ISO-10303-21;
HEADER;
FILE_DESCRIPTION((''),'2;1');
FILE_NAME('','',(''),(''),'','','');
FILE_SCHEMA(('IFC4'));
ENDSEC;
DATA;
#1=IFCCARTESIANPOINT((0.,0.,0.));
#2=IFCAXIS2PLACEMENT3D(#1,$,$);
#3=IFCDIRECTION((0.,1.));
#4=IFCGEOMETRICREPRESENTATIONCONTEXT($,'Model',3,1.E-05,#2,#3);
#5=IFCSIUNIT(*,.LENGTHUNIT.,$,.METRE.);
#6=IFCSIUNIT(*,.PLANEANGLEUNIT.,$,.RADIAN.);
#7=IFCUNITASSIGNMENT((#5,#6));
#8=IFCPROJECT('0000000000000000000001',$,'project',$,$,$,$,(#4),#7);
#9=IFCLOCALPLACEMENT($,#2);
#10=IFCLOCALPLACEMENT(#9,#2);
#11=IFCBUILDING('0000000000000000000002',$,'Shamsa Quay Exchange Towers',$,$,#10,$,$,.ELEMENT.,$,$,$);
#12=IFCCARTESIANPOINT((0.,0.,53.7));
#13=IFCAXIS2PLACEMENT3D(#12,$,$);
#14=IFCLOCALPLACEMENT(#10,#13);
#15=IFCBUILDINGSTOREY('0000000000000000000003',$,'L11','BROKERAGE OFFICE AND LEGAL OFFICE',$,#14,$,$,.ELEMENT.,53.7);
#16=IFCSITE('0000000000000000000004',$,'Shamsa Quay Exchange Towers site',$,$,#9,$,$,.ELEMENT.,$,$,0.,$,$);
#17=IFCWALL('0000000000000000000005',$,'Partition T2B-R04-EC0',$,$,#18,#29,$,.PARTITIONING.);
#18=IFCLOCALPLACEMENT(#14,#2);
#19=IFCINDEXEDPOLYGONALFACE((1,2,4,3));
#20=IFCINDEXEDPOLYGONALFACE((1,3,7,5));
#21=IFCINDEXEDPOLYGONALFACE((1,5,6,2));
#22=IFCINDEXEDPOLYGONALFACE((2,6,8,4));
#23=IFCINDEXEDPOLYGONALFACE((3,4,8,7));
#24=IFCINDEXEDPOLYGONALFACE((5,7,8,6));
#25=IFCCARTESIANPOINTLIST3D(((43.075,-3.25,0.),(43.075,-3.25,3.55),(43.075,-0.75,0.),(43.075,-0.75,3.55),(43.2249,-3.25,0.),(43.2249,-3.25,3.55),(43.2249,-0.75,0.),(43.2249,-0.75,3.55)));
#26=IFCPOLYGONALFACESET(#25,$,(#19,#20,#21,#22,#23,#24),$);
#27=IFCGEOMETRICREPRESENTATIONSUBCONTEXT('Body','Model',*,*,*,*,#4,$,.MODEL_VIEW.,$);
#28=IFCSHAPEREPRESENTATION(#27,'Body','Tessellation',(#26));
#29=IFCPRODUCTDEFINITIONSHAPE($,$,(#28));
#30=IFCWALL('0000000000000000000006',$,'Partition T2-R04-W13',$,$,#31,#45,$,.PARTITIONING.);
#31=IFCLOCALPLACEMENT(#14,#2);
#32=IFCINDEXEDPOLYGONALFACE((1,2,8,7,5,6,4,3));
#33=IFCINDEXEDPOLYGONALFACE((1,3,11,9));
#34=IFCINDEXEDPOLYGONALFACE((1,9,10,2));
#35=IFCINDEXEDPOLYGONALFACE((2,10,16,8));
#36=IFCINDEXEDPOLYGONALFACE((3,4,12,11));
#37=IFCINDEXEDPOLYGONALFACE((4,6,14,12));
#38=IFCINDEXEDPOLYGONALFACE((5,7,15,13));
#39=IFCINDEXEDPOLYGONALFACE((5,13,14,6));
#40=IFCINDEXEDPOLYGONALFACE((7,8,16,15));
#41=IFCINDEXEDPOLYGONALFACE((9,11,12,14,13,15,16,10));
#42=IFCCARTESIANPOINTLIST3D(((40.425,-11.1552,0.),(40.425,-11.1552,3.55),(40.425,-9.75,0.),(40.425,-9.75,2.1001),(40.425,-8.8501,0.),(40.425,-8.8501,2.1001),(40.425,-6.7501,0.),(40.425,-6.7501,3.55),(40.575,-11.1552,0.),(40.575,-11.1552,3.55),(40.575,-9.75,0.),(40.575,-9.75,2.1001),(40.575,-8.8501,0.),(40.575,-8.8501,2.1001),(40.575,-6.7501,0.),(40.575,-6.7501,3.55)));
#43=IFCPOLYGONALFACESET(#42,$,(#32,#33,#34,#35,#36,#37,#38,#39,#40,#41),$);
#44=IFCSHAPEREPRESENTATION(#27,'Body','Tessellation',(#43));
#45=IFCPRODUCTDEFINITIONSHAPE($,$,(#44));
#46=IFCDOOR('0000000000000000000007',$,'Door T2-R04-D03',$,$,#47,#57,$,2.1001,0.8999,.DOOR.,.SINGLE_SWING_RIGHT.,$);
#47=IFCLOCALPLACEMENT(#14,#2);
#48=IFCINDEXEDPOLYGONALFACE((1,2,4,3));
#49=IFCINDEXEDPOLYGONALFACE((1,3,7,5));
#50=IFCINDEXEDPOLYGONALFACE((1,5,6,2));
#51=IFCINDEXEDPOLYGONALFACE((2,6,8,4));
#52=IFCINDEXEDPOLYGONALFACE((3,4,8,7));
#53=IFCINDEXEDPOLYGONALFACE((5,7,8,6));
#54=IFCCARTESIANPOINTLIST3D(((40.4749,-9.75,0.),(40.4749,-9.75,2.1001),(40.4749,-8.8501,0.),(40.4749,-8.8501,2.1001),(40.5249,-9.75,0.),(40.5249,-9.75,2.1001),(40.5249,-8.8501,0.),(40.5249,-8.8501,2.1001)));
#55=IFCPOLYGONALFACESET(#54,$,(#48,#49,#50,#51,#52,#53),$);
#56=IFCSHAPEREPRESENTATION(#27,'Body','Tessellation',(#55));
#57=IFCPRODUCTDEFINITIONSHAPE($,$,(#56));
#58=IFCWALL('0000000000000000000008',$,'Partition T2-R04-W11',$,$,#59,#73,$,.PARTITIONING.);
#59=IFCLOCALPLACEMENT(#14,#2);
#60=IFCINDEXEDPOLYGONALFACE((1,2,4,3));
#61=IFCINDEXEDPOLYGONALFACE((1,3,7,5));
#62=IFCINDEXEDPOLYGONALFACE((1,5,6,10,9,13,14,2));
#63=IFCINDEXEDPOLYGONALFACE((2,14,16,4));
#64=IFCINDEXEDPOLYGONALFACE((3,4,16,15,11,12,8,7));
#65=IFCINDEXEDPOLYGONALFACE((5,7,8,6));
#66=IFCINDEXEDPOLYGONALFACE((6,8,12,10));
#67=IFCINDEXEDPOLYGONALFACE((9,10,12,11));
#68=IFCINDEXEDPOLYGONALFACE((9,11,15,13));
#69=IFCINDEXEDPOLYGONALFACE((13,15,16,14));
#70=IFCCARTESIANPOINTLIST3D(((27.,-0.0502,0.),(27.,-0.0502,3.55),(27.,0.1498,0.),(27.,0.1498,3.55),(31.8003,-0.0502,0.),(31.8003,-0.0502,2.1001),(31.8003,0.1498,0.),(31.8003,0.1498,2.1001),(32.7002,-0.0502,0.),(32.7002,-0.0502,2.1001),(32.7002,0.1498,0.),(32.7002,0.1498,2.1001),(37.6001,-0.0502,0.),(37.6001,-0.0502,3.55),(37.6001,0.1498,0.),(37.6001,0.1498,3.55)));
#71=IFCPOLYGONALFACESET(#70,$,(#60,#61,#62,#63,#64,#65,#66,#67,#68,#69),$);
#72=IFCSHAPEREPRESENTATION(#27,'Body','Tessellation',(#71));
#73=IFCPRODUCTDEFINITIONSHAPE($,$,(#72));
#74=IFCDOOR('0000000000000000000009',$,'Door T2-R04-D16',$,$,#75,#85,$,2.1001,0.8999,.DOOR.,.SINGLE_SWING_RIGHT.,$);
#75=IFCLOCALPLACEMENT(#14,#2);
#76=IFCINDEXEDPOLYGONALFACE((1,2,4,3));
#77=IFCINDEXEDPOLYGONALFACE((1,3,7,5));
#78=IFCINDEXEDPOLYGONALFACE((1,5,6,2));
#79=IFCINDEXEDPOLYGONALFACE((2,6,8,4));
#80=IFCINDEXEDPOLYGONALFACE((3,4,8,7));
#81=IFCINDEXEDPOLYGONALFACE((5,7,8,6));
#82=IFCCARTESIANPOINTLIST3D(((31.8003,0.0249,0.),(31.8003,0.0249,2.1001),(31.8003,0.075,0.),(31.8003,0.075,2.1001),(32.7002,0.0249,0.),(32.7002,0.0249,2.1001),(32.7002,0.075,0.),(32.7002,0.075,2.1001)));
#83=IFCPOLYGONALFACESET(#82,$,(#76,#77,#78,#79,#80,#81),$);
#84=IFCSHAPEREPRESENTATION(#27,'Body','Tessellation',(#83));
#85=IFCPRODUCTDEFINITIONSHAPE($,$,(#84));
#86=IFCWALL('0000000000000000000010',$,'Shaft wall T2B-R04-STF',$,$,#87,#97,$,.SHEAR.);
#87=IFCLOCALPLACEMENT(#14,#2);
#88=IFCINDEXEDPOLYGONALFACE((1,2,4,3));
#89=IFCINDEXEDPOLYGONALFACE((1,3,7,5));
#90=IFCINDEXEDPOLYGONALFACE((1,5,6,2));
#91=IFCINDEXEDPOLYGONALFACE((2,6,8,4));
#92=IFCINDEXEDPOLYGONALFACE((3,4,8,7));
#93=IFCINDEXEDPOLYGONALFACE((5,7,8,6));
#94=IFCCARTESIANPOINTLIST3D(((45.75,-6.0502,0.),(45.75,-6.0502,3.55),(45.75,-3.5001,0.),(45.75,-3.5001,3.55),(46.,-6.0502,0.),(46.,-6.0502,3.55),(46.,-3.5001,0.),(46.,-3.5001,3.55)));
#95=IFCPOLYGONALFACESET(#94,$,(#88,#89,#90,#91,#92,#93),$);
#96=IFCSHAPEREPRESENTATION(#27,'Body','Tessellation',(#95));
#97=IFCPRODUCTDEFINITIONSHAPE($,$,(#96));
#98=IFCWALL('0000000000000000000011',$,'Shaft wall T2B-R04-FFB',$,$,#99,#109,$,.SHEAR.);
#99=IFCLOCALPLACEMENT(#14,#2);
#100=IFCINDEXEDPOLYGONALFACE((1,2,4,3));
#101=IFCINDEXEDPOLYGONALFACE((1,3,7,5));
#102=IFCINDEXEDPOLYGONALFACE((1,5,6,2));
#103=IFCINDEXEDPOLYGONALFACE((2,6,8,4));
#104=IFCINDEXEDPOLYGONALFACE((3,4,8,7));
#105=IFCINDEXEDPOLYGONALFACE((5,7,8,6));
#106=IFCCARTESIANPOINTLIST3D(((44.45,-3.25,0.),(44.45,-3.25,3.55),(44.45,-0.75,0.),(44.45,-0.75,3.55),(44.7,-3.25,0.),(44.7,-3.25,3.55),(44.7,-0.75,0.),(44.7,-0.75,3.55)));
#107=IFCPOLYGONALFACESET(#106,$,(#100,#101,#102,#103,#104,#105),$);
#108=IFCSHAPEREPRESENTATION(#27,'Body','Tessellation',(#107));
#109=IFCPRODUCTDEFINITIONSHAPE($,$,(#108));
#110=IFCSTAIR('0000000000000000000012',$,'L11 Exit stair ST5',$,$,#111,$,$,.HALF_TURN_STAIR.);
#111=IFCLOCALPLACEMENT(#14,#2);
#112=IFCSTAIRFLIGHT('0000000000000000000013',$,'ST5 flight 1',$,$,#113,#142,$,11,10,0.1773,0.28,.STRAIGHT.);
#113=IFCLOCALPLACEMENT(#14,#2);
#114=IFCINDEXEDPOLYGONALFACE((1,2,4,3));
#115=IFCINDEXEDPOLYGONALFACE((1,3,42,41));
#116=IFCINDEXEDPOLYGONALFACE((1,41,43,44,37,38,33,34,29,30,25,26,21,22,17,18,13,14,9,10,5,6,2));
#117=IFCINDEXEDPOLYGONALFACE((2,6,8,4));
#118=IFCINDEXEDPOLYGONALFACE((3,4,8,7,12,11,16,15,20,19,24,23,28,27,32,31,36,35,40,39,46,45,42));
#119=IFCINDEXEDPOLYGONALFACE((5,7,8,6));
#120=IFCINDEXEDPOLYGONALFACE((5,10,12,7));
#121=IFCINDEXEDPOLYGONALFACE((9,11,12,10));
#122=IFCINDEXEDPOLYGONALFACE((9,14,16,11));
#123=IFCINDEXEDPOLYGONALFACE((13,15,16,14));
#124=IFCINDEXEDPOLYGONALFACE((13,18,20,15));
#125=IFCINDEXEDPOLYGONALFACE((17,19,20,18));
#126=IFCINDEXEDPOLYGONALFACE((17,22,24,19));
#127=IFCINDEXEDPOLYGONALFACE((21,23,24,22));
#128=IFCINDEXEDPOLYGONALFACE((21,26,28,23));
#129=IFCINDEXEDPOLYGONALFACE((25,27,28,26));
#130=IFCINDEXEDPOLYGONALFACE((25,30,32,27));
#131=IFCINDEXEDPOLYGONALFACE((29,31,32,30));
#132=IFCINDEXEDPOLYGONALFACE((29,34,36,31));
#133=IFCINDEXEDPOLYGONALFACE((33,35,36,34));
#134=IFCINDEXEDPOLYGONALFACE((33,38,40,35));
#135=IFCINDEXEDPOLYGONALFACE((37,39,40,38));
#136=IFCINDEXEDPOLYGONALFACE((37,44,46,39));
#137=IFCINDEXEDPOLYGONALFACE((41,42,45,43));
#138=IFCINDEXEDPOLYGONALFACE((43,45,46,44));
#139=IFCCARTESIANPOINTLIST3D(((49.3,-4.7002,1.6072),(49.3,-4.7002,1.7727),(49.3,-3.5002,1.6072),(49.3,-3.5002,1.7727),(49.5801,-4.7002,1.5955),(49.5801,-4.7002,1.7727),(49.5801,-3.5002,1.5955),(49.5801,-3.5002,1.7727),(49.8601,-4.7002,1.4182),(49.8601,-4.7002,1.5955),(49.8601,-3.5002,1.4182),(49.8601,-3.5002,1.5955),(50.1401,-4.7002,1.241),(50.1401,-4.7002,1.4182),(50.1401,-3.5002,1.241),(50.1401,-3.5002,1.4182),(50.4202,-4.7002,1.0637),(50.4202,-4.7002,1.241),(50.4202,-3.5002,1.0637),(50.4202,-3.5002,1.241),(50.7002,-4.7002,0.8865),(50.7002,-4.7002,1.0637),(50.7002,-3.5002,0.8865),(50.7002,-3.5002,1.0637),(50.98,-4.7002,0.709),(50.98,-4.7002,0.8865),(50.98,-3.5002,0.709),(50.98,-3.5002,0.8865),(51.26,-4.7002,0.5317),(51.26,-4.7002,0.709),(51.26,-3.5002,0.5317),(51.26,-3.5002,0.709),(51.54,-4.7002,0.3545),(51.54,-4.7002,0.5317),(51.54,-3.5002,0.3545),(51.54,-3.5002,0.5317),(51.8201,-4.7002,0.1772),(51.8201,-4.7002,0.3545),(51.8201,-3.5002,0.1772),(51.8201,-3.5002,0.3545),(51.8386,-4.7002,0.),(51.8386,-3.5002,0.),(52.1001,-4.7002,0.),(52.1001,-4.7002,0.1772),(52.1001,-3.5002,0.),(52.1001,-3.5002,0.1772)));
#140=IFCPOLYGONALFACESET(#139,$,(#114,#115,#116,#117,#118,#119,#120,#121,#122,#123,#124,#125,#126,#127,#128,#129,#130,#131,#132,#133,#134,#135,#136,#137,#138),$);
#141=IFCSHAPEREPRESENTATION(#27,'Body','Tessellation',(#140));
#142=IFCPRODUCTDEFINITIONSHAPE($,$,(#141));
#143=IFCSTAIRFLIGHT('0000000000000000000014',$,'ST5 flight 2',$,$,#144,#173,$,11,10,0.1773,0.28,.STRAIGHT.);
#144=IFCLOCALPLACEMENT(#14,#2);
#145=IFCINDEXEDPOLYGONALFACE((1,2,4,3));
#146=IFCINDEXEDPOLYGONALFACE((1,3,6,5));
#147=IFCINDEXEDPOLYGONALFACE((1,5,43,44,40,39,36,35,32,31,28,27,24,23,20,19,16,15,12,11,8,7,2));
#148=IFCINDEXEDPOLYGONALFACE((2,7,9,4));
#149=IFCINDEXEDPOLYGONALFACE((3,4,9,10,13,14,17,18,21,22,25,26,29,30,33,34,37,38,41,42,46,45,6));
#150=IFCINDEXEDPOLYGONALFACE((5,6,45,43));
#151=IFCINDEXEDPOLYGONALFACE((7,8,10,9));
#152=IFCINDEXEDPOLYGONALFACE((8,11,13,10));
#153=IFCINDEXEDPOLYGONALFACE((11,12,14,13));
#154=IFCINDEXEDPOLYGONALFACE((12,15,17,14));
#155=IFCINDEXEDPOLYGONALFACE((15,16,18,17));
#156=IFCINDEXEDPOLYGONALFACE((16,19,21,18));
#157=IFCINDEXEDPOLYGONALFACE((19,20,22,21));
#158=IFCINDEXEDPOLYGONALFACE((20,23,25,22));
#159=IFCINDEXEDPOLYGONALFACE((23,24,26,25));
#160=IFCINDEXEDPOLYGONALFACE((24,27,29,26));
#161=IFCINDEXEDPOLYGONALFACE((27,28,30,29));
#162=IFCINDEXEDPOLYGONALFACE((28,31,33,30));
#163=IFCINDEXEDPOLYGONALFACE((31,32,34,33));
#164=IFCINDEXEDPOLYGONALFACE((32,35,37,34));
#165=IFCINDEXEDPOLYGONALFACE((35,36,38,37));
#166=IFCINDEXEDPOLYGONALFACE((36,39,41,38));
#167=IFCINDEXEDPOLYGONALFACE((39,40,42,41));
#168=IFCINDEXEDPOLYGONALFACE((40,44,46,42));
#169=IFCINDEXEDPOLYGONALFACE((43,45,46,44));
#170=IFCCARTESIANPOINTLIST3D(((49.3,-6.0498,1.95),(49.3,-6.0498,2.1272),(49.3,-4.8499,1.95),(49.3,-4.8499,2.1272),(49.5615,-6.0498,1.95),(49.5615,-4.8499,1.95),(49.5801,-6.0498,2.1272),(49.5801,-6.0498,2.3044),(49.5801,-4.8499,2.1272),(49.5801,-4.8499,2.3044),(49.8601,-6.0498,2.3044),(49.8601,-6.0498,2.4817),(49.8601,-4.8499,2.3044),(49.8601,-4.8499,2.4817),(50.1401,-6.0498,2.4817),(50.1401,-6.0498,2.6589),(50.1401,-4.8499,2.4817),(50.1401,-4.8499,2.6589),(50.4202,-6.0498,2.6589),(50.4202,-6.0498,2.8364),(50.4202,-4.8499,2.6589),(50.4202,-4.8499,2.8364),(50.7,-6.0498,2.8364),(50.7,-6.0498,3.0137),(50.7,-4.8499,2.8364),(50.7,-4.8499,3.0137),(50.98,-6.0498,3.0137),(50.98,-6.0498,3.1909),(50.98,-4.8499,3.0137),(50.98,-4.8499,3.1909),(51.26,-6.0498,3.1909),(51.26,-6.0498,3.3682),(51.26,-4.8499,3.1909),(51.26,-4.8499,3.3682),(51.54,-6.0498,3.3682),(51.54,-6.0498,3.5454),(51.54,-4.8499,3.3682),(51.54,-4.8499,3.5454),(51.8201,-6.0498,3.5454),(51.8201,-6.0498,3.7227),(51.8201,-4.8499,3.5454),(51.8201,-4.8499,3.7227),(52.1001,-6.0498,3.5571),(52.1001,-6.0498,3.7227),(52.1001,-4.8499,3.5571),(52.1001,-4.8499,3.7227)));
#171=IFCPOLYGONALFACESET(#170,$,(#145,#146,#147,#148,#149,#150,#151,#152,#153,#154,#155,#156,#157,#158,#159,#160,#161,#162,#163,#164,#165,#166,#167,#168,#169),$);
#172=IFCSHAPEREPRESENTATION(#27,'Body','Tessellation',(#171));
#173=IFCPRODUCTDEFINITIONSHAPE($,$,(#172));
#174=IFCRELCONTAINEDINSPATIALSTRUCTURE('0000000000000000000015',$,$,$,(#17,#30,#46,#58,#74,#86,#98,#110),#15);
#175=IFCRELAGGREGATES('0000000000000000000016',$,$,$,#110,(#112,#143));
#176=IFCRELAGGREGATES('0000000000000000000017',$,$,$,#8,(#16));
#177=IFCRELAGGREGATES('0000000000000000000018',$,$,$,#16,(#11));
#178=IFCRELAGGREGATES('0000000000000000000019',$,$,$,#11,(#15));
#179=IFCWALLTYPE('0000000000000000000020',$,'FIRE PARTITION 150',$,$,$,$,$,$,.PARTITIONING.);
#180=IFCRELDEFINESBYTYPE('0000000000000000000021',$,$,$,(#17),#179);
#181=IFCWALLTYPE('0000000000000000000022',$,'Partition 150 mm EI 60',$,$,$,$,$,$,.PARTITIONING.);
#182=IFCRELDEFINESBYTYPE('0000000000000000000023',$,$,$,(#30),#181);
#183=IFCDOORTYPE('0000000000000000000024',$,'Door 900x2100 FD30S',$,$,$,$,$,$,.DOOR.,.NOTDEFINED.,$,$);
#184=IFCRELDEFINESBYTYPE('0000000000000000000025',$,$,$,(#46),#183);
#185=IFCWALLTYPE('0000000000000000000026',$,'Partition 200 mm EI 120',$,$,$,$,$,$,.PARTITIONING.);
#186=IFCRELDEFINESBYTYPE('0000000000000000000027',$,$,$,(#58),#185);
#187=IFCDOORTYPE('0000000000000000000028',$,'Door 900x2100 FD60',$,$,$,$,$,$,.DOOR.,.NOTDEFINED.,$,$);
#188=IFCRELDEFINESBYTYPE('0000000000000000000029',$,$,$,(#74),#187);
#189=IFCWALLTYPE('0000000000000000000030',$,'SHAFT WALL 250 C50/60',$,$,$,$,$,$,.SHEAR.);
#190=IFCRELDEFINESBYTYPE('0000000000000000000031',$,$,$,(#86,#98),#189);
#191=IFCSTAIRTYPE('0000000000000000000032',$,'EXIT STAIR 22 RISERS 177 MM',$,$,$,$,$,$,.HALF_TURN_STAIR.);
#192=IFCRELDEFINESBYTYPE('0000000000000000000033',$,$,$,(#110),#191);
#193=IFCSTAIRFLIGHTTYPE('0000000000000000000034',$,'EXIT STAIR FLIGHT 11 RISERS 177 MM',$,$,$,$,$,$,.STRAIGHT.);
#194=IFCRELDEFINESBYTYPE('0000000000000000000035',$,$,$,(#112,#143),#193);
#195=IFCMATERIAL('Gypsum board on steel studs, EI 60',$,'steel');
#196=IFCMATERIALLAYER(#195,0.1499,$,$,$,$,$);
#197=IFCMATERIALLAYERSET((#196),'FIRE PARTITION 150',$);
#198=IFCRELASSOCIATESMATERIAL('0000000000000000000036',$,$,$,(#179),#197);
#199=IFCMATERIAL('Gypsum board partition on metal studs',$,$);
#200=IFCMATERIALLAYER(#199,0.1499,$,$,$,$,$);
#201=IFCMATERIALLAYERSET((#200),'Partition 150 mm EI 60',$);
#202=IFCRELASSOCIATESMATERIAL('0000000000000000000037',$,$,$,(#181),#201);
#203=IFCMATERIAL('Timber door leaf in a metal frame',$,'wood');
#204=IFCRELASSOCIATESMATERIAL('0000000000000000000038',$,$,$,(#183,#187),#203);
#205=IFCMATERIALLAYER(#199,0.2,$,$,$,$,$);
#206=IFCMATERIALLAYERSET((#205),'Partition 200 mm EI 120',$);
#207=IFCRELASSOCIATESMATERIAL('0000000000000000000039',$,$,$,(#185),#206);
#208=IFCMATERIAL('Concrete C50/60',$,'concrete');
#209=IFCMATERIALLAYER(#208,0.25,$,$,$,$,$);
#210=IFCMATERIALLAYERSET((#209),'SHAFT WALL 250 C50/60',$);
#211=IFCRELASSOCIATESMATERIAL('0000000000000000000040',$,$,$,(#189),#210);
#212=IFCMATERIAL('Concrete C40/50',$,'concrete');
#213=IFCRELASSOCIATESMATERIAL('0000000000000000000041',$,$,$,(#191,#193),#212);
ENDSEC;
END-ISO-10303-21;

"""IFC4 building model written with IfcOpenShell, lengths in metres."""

from ifc_helpers import new_model, si_unit, direction, frame, frame_2d, origin, place, context, subcontext, project, spatial, polyline, rectangle, outline, extrude, material, layer, layer_set, type_object, element, fill, aggregate, save


model = new_model("IFC4")

# Units and contexts
model_context = context("Model", 3, precision=1e-05, world=origin(), true_north=direction((0.0, 1.0)))
body_context = subcontext(model_context, "Body", "Model", "MODEL_VIEW")
ifc_project = project(units=[si_unit("LENGTHUNIT", "METRE"), si_unit("PLANEANGLEUNIT", "RADIAN")], contexts=[model_context])

# Site, building, storey
site_placement = place(None, origin())
site = spatial("IfcSite", under=ifc_project, at=site_placement, Name="Shamsa Quay Exchange Towers site", CompositionType="ELEMENT", RefElevation=0.0)
building_placement = place(site_placement, origin())
building = spatial("IfcBuilding", under=site, at=building_placement, Name="Shamsa Quay Exchange Towers", CompositionType="ELEMENT")
storey_placement = place(building_placement, frame((0.0, 0.0, 53.7)))
storey = spatial("IfcBuildingStorey", under=building, at=storey_placement, Name="L11", Description="BROKERAGE OFFICE AND LEGAL OFFICE", CompositionType="ELEMENT", Elevation=53.7)

# Wall
ifc_material_1 = material(Name="Gypsum board on steel studs, EI 60", Category="steel")
ifc_layer_1 = layer(ifc_material_1, 0.1499)
ifc_layer_set_1 = layer_set([ifc_layer_1], Name="FIRE PARTITION 150")
wall_type_1 = type_object("IfcWallType", Name="FIRE PARTITION 150", PredefinedType="PARTITIONING", material=ifc_layer_set_1)
wall_1_placement = place(storey_placement, frame((43.1499, -3.25, 0.0), z_axis=(0.0, 0.0, 1.0), x_axis=(0.0, 1.0, 0.0)))
element("IfcWall", 1, at=wall_1_placement, inside=storey, type_object=wall_type_1, Name="Partition T2B-R04-EC0", PredefinedType="PARTITIONING", context=body_context, shape_type="SweptSolid", body=[
    extrude(rectangle(XDim=2.5, YDim=0.1499, at=frame_2d((1.25, 0.0))), origin(), (0.0, 0.0, 1.0), 3.55),
])

# Walls, openings, doors
ifc_material_2 = material(Name="Gypsum board partition on metal studs")
ifc_layer_2 = layer(ifc_material_2, 0.1499)
ifc_layer_set_2 = layer_set([ifc_layer_2], Name="Partition 150 mm EI 60")
wall_type_2 = type_object("IfcWallType", Name="Partition 150 mm EI 60", PredefinedType="PARTITIONING", material=ifc_layer_set_2)
wall_2_placement = place(storey_placement, frame((40.5, -6.75, 0.0), z_axis=(0.0, 0.0, 1.0), x_axis=(0.0, -1.0, 0.0)))
wall_2 = element("IfcWall", 2, at=wall_2_placement, inside=storey, type_object=wall_type_2, Name="Partition T2-R04-W13", PredefinedType="PARTITIONING", context=body_context, shape_type="SweptSolid", body=[
    extrude(rectangle(XDim=4.405, YDim=0.1499, at=frame_2d((2.2026, 0.0))), origin(), (0.0, 0.0, 1.0), 3.55),
])
opening_1_placement = place(wall_2_placement, frame((2.1001, 0.0, 0.0)))
opening_1 = element("IfcOpeningElement", 3, at=opening_1_placement, cuts=wall_2, PredefinedType="OPENING", context=body_context, shape_type="SweptSolid", body=[
    extrude(rectangle(XDim=0.8999, YDim=2.1001, at=frame_2d((0.45, 1.05))), frame((0.0, 0.085, 0.0), z_axis=(0.0, -1.0, 0.0), x_axis=(1.0, 0.0, 0.0)), (0.0, 0.0, 1.0), 0.1699),
])
ifc_material_3 = material(Name="Timber door leaf in a metal frame", Category="wood")
door_type_1 = type_object("IfcDoorType", Name="Door 900x2100 FD30S", OperationType="NOTDEFINED", PredefinedType="DOOR", material=ifc_material_3)
door_1_placement = place(opening_1_placement, origin())
door_1 = element("IfcDoor", 4, at=door_1_placement, inside=storey, type_object=door_type_1, Name="Door T2-R04-D03", OperationType="SINGLE_SWING_RIGHT", OverallHeight=2.1001, OverallWidth=0.8999, PredefinedType="DOOR", context=body_context, shape_type="SweptSolid", body=[
    extrude(rectangle(XDim=0.8999, YDim=2.1001, at=frame_2d((0.45, 1.05))), frame((0.0, 0.0249, 0.0), z_axis=(0.0, -1.0, 0.0), x_axis=(1.0, 0.0, 0.0)), (0.0, 0.0, 1.0), 0.05),
])
fill(opening_1, door_1)
ifc_layer_3 = layer(ifc_material_2, 0.2)
ifc_layer_set_3 = layer_set([ifc_layer_3], Name="Partition 200 mm EI 120")
wall_type_3 = type_object("IfcWallType", Name="Partition 200 mm EI 120", PredefinedType="PARTITIONING", material=ifc_layer_set_3)
wall_3_placement = place(storey_placement, frame((37.6001, 0.0498, 0.0), z_axis=(0.0, 0.0, 1.0), x_axis=(-1.0, 0.0, 0.0)))
wall_3 = element("IfcWall", 5, at=wall_3_placement, inside=storey, type_object=wall_type_3, Name="Partition T2-R04-W11", PredefinedType="PARTITIONING", context=body_context, shape_type="SweptSolid", body=[
    extrude(rectangle(XDim=10.6001, YDim=0.2, at=frame_2d((5.3, 0.0))), origin(), (0.0, 0.0, 1.0), 3.55),
])
opening_2_placement = place(wall_3_placement, frame((4.8999, 0.0, 0.0)))
opening_2 = element("IfcOpeningElement", 6, at=opening_2_placement, cuts=wall_3, PredefinedType="OPENING", context=body_context, shape_type="SweptSolid", body=[
    extrude(rectangle(XDim=0.8999, YDim=2.1001, at=frame_2d((0.45, 1.05))), frame((0.0, 0.1099, 0.0), z_axis=(0.0, -1.0, 0.0), x_axis=(1.0, 0.0, 0.0)), (0.0, 0.0, 1.0), 0.22),
])
door_type_2 = type_object("IfcDoorType", Name="Door 900x2100 FD60", OperationType="NOTDEFINED", PredefinedType="DOOR", material=ifc_material_3)
door_2_placement = place(opening_2_placement, origin())
door_2 = element("IfcDoor", 7, at=door_2_placement, inside=storey, type_object=door_type_2, Name="Door T2-R04-D16", OperationType="SINGLE_SWING_RIGHT", OverallHeight=2.1001, OverallWidth=0.8999, PredefinedType="DOOR", context=body_context, shape_type="SweptSolid", body=[
    extrude(rectangle(XDim=0.8999, YDim=2.1001, at=frame_2d((0.45, 1.05))), frame((0.0, 0.0249, 0.0), z_axis=(0.0, -1.0, 0.0), x_axis=(1.0, 0.0, 0.0)), (0.0, 0.0, 1.0), 0.05),
])
fill(opening_2, door_2)

# Wall
ifc_material_4 = material(Name="Concrete C50/60", Category="concrete")
ifc_layer_4 = layer(ifc_material_4, 0.25)
ifc_layer_set_4 = layer_set([ifc_layer_4], Name="SHAFT WALL 250 C50/60")
wall_type_4 = type_object("IfcWallType", Name="SHAFT WALL 250 C50/60", PredefinedType="SHEAR", material=ifc_layer_set_4)
wall_4_placement = place(storey_placement, frame((45.875, -6.05, 0.0), z_axis=(0.0, 0.0, 1.0), x_axis=(0.0, 1.0, 0.0)))
element("IfcWall", 8, at=wall_4_placement, inside=storey, type_object=wall_type_4, Name="Shaft wall T2B-R04-STF", PredefinedType="SHEAR", context=body_context, shape_type="SweptSolid", body=[
    extrude(rectangle(XDim=2.55, YDim=0.25, at=frame_2d((1.2749, 0.0))), origin(), (0.0, 0.0, 1.0), 3.55),
])

# Wall
wall_5_placement = place(storey_placement, frame((44.575, -3.25, 0.0), z_axis=(0.0, 0.0, 1.0), x_axis=(0.0, 1.0, 0.0)))
element("IfcWall", 9, at=wall_5_placement, inside=storey, type_object=wall_type_4, Name="Shaft wall T2B-R04-FFB", PredefinedType="SHEAR", context=body_context, shape_type="SweptSolid", body=[
    extrude(rectangle(XDim=2.5, YDim=0.25, at=frame_2d((1.25, 0.0))), origin(), (0.0, 0.0, 1.0), 3.55),
])

# Stair, stair flights
ifc_material_5 = material(Name="Concrete C40/50", Category="concrete")
stair_type = type_object("IfcStairType", Name="EXIT STAIR 22 RISERS 177 MM", PredefinedType="HALF_TURN_STAIR", material=ifc_material_5)
stair_placement = place(storey_placement, origin())
stair = element("IfcStair", 10, at=stair_placement, inside=storey, type_object=stair_type, Name="L11 Exit stair ST5", PredefinedType="HALF_TURN_STAIR")
stair_flight_type = type_object("IfcStairFlightType", Name="EXIT STAIR FLIGHT 11 RISERS 177 MM", PredefinedType="STRAIGHT", material=ifc_material_5)
stair_flight_1_placement = place(storey_placement, frame((52.1001, -4.1001, 0.0), z_axis=(0.0, 0.0, 1.0), x_axis=(-1.0, 0.0, 0.0)))
stair_flight_1 = element("IfcStairFlight", 11, at=stair_flight_1_placement, type_object=stair_flight_type, Name="ST5 flight 1", NumberOfRisers=11, NumberOfTreads=10, PredefinedType="STRAIGHT", RiserHeight=0.1773, TreadLength=0.28, context=body_context, shape_type="SweptSolid", body=[
    extrude(outline(polyline([(0.0, 0.0), (0.0, 0.1772), (0.28, 0.1772), (0.28, 0.3545), (0.5601, 0.3545), (0.5601, 0.5317), (0.8401, 0.5317), (0.8401, 0.709), (1.1201, 0.709), (1.1201, 0.8865), (1.3999, 0.8865), (1.3999, 1.0637), (1.6799, 1.0637), (1.6799, 1.241), (1.96, 1.241), (1.96, 1.4182), (2.24, 1.4182), (2.24, 1.5955), (2.52, 1.5955), (2.52, 1.7727), (2.8, 1.7727), (2.8, 1.95), (2.8, 1.6072), (0.2615, 0.0), (0.0, 0.0)])), frame((0.0, 0.6001, 0.0), z_axis=(0.0, -1.0, 0.0), x_axis=(1.0, 0.0, 0.0)), (0.0, 0.0, 1.0), 1.2),
])
stair_flight_2_placement = place(storey_placement, frame((49.3, -5.45, 1.95)))
stair_flight_2 = element("IfcStairFlight", 12, at=stair_flight_2_placement, type_object=stair_flight_type, Name="ST5 flight 2", NumberOfRisers=11, NumberOfTreads=10, PredefinedType="STRAIGHT", RiserHeight=0.1773, TreadLength=0.28, context=body_context, shape_type="SweptSolid", body=[
    extrude(outline(polyline([(0.0, 0.0), (0.0, 0.1772), (0.28, 0.1772), (0.28, 0.3545), (0.5601, 0.3545), (0.5601, 0.5317), (0.8401, 0.5317), (0.8401, 0.709), (1.1201, 0.709), (1.1201, 0.8865), (1.3999, 0.8865), (1.3999, 1.0637), (1.6799, 1.0637), (1.6799, 1.241), (1.96, 1.241), (1.96, 1.4182), (2.24, 1.4182), (2.24, 1.5955), (2.52, 1.5955), (2.52, 1.7727), (2.8, 1.7727), (2.8, 1.95), (2.8, 1.6072), (0.2615, 0.0), (0.0, 0.0)])), frame((0.0, 0.6001, 0.0), z_axis=(0.0, -1.0, 0.0), x_axis=(1.0, 0.0, 0.0)), (0.0, 0.0, 1.0), 1.2),
])
aggregate(stair, [stair_flight_1, stair_flight_2])

save(model, "model.ifc")
